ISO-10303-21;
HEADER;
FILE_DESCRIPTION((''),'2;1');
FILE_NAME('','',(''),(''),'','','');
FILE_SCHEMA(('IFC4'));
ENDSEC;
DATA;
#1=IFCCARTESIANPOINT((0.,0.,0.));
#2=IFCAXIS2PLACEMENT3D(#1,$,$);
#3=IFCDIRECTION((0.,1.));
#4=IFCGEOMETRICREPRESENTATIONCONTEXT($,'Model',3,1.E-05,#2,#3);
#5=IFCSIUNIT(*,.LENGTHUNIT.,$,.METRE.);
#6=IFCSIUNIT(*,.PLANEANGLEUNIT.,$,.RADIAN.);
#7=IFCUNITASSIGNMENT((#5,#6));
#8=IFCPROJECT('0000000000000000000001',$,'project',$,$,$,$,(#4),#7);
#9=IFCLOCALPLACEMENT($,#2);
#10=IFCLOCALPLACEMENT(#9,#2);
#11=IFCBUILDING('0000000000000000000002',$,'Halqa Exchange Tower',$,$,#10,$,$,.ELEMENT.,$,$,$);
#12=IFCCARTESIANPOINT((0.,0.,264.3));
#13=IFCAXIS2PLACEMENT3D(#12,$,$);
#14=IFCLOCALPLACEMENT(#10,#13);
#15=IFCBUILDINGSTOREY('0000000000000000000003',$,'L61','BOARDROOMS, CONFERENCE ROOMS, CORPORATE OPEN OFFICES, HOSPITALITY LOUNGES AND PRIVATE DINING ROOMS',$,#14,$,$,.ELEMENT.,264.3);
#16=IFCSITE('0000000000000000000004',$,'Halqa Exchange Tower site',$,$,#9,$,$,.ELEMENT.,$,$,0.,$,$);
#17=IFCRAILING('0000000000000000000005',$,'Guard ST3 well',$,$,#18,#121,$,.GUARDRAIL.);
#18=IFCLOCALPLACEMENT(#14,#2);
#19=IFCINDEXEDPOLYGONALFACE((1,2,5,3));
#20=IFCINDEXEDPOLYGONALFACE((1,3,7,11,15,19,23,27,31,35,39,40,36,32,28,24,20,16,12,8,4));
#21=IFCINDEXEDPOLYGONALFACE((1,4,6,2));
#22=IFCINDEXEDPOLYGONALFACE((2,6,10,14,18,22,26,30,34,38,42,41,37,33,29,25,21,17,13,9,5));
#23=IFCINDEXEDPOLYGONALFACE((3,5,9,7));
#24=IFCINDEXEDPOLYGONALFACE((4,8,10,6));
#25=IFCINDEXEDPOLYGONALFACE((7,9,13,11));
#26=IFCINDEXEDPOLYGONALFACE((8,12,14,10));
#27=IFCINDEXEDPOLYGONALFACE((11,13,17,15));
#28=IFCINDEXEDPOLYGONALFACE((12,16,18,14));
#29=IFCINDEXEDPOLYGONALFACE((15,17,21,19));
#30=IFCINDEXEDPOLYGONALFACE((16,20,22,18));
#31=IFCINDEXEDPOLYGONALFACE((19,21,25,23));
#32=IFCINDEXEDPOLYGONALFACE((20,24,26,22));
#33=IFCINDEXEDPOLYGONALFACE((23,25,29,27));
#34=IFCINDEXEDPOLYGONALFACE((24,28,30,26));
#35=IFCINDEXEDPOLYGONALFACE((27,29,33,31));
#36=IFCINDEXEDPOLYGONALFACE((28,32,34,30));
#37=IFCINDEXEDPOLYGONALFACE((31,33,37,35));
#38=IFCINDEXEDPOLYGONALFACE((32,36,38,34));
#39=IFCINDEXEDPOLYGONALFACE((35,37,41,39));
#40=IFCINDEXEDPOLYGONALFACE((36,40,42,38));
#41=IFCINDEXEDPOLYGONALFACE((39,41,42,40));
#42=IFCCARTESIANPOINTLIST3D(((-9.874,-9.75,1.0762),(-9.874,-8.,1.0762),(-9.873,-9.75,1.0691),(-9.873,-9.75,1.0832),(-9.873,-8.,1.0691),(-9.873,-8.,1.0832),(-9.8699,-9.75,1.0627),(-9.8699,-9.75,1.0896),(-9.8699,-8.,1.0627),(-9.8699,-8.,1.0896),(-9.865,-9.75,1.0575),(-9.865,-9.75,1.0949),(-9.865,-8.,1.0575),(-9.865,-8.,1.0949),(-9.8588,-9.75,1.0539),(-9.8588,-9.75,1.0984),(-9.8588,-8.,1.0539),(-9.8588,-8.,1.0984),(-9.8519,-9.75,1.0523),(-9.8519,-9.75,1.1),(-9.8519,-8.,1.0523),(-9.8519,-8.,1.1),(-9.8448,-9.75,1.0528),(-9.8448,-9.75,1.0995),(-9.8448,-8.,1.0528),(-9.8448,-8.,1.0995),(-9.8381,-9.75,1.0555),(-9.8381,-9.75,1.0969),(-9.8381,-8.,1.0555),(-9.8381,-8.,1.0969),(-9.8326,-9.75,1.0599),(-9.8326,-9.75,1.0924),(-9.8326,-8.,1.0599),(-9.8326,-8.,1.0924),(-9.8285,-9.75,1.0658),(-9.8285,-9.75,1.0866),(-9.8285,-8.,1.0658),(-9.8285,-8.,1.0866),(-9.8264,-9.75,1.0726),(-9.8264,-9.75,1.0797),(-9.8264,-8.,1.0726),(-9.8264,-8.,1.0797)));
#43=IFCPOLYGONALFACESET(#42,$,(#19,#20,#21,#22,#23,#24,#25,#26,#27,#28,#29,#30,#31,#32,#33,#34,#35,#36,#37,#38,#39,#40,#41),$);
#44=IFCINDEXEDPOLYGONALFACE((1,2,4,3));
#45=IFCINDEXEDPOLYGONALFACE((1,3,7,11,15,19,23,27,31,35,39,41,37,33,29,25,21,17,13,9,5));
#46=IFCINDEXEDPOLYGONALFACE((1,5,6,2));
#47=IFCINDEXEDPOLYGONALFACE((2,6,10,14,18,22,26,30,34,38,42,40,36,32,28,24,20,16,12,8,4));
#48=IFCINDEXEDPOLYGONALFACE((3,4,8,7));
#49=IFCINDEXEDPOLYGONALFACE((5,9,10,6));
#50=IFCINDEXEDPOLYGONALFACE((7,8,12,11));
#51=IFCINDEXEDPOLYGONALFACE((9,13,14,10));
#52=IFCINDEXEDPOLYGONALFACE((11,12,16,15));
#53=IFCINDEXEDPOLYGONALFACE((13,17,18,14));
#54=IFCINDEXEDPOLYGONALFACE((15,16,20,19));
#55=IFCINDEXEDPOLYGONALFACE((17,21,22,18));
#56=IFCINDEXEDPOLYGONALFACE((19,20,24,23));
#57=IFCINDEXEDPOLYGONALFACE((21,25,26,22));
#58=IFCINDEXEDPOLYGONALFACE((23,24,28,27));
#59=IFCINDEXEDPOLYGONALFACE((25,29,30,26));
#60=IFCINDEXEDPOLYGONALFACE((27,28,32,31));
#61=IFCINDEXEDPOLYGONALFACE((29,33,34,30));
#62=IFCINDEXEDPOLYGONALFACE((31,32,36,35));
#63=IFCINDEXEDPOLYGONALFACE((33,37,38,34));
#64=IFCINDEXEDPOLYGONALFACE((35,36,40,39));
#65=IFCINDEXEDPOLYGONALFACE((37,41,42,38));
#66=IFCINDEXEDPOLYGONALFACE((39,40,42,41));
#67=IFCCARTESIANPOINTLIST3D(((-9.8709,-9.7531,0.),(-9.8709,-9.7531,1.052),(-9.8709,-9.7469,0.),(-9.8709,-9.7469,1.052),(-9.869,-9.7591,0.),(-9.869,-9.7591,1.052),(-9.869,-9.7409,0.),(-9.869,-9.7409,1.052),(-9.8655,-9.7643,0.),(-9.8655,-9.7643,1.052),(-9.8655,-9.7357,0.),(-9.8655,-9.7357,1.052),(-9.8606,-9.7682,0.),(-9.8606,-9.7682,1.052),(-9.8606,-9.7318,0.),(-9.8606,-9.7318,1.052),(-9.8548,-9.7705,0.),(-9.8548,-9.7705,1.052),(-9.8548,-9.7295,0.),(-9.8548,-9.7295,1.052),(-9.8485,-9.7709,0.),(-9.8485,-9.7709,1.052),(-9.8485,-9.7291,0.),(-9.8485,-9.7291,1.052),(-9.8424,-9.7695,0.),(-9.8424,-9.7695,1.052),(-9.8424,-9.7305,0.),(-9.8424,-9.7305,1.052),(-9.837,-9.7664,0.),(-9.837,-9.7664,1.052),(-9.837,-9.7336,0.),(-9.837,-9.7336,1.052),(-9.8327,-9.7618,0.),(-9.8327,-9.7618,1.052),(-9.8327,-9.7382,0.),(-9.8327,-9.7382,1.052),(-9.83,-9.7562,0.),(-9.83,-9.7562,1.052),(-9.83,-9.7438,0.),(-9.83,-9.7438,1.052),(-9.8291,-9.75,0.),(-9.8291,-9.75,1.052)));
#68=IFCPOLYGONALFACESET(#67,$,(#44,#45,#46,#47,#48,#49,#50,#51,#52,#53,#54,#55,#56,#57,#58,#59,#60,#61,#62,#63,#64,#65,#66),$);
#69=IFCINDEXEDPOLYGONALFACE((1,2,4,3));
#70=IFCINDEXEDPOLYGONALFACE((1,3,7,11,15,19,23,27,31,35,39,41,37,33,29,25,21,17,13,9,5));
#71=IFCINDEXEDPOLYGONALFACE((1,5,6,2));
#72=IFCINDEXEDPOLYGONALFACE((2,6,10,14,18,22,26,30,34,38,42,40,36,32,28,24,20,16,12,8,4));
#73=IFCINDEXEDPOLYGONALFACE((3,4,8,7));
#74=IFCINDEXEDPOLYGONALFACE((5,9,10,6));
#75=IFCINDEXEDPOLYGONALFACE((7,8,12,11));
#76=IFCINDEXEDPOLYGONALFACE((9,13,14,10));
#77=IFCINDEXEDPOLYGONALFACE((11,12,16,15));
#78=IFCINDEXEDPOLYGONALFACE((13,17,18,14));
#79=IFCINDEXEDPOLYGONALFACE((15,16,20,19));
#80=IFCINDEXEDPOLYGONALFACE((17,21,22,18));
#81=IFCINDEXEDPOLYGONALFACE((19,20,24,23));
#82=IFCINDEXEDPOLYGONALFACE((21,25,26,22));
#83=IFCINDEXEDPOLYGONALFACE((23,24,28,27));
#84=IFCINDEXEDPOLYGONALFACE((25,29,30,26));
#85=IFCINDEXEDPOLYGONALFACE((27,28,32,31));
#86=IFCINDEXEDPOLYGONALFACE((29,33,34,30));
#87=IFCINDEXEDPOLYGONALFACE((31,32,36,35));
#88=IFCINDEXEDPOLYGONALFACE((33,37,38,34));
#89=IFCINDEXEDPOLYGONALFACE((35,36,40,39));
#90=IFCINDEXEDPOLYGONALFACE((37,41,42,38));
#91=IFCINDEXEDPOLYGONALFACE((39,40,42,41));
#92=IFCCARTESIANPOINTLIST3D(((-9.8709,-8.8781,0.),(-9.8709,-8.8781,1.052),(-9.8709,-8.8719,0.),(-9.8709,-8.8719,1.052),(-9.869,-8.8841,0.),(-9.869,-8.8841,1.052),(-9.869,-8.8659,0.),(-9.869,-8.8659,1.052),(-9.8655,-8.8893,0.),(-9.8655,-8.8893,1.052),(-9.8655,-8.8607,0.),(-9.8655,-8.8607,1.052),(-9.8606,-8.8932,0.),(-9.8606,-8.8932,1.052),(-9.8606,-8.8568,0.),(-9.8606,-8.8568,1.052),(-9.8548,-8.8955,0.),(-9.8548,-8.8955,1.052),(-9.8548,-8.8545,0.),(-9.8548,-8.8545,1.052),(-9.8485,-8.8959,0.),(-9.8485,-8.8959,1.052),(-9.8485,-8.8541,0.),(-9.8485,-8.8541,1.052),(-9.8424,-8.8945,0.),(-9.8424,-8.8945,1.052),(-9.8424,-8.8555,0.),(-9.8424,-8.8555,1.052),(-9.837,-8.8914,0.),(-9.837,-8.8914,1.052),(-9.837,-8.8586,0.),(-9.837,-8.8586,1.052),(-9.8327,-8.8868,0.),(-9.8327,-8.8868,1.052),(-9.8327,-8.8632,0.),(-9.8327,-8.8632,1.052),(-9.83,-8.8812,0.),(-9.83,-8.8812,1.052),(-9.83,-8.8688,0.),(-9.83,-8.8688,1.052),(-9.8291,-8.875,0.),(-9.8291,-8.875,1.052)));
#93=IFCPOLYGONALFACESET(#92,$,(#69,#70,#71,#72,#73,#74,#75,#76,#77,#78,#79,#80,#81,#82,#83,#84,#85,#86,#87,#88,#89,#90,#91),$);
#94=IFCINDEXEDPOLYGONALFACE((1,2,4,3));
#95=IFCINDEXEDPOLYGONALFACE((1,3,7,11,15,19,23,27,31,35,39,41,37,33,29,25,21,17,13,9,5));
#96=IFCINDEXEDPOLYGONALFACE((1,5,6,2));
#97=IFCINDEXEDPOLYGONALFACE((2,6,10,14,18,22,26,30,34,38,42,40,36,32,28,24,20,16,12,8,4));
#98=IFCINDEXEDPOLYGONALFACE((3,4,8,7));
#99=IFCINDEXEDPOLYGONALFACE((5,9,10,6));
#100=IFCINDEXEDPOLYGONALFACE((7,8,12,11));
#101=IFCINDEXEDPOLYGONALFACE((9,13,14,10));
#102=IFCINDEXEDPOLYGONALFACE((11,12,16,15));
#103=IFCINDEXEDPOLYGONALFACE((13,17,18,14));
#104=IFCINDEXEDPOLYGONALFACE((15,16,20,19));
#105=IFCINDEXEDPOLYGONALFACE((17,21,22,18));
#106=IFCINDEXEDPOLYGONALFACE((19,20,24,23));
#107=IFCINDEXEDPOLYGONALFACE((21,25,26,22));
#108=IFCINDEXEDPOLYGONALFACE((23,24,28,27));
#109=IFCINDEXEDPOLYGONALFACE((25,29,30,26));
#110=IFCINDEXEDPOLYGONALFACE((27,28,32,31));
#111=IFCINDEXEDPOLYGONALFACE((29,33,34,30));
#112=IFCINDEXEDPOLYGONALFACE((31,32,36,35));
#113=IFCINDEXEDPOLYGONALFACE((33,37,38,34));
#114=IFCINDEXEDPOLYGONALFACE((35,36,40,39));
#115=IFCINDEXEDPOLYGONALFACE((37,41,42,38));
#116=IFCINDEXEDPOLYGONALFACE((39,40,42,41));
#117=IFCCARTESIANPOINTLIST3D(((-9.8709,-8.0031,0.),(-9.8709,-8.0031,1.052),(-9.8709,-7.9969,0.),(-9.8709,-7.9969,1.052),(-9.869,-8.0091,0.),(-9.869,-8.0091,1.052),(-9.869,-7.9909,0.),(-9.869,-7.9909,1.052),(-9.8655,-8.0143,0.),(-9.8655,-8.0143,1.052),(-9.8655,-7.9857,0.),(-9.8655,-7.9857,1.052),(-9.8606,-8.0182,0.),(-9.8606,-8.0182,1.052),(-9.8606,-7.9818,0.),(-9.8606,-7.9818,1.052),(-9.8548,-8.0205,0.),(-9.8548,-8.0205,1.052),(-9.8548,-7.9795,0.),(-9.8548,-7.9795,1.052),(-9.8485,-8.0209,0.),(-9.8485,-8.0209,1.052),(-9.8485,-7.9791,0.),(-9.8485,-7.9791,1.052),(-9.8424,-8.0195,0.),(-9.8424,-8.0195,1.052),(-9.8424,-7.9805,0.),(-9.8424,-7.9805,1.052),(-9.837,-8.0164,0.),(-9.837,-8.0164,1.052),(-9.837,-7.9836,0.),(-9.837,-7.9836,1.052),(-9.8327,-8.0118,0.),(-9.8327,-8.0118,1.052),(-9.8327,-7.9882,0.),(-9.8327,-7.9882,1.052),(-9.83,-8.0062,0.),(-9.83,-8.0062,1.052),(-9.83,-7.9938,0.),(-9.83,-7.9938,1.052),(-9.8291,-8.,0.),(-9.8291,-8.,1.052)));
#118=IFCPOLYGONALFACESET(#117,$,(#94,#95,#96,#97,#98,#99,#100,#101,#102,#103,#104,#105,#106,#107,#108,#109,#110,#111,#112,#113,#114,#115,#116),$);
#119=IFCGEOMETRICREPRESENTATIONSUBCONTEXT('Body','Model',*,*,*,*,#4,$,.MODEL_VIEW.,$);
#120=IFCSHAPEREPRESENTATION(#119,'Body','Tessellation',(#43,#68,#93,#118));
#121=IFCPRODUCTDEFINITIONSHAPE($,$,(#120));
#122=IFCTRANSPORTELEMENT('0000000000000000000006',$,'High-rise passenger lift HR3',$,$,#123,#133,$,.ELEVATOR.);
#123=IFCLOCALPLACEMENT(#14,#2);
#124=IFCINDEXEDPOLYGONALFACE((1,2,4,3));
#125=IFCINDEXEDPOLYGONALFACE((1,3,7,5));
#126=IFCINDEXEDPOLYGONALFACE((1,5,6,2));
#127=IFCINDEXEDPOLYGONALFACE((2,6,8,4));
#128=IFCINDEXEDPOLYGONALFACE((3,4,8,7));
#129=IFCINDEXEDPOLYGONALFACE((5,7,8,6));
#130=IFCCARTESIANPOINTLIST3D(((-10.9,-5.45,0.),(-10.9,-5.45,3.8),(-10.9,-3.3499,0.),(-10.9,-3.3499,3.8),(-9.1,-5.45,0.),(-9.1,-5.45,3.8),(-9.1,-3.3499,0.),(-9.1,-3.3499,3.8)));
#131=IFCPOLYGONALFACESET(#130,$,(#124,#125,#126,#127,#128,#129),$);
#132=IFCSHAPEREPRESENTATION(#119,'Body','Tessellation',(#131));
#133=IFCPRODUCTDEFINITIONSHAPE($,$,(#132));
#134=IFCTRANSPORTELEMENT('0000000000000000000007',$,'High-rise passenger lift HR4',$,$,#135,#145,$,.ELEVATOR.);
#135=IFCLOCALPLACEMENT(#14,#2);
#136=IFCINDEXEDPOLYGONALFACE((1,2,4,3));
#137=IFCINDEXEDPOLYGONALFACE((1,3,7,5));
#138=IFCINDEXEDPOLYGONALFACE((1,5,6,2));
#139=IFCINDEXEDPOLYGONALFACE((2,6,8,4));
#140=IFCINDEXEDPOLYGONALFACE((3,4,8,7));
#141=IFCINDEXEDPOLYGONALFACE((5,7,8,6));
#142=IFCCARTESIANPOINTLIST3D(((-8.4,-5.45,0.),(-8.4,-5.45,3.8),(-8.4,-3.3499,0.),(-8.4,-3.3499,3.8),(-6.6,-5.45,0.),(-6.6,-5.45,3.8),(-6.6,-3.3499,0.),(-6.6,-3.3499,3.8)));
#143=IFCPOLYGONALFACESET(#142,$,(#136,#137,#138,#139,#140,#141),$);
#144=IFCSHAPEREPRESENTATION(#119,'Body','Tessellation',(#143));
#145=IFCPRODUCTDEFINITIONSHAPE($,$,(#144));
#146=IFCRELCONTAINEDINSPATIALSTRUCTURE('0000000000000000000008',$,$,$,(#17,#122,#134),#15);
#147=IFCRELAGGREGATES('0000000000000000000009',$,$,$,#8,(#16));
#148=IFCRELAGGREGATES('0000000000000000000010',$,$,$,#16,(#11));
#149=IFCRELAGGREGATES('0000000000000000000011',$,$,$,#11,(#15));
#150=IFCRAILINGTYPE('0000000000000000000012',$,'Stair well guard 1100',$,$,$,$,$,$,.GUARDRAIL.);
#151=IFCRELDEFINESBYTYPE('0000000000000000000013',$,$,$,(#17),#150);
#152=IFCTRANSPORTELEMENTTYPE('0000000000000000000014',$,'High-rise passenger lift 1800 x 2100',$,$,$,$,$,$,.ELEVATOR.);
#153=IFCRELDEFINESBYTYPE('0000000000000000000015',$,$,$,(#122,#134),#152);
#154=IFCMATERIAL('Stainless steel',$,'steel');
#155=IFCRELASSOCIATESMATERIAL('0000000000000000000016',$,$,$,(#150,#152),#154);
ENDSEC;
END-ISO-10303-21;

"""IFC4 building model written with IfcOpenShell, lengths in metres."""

from ifc_helpers import new_model, si_unit, direction, frame, origin, origin_2d, place, context, subcontext, project, spatial, rectangle, circle, extrude, material, type_object, element, save


model = new_model("IFC4")

# Units and contexts
model_context = context("Model", 3, precision=1e-05, world=origin(), true_north=direction((0.0, 1.0)))
body_context = subcontext(model_context, "Body", "Model", "MODEL_VIEW")
ifc_project = project(units=[si_unit("LENGTHUNIT", "METRE"), si_unit("PLANEANGLEUNIT", "RADIAN")], contexts=[model_context])

# Site, building, storey
site_placement = place(None, origin())
site = spatial("IfcSite", under=ifc_project, at=site_placement, Name="Halqa Exchange Tower site", CompositionType="ELEMENT", RefElevation=0.0)
building_placement = place(site_placement, origin())
building = spatial("IfcBuilding", under=site, at=building_placement, Name="Halqa Exchange Tower", CompositionType="ELEMENT")
storey_placement = place(building_placement, frame((0.0, 0.0, 264.3)))
storey = spatial("IfcBuildingStorey", under=building, at=storey_placement, Name="L61", Description="BOARDROOMS, CONFERENCE ROOMS, CORPORATE OPEN OFFICES, HOSPITALITY LOUNGES AND PRIVATE DINING ROOMS", CompositionType="ELEMENT", Elevation=264.3)

# Shared definitions
ifc_material_1 = material(Name="Stainless steel", Category="steel")

# Railing
railing_type_1 = type_object("IfcRailingType", Name="Stair well guard 1100", PredefinedType="GUARDRAIL", material=ifc_material_1)
railing_1_placement = place(storey_placement, frame((-9.8501, -9.75, 0.0)))
element("IfcRailing", 1, at=railing_1_placement, inside=storey, type_object=railing_type_1, Name="Guard ST3 well", PredefinedType="GUARDRAIL", context=body_context, shape_type="SweptSolid", body=[
    extrude(circle(Radius=0.0239, at=origin_2d()), frame((0.0, 0.0, 1.0762), z_axis=(0.0, 1.0, 0.0), x_axis=(-1.0, 0.0, 0.0)), (0.0, 0.0, 1.0), 1.75),
    extrude(circle(Radius=0.021, at=origin_2d()), origin(), (0.0, 0.0, 1.0), 1.052),
    extrude(circle(Radius=0.021, at=origin_2d()), frame((0.0, 0.875, 0.0)), (0.0, 0.0, 1.0), 1.052),
    extrude(circle(Radius=0.021, at=origin_2d()), frame((0.0, 1.75, 0.0)), (0.0, 0.0, 1.0), 1.052),
])

# Transport elements
transport_element_type = type_object("IfcTransportElementType", Name="High-rise passenger lift 1800 x 2100", PredefinedType="ELEVATOR", material=ifc_material_1)
for number, where, z_axis, x_axis, name in (
    (2, (-10.0, -4.3999, 0.0), (0.0, 0.0, 1.0), (1.0, 0.0, 0.0), "High-rise passenger lift HR3"),
    (3, (-7.5, -4.3999, 0.0), (0.0, 0.0, 1.0), (1.0, 0.0, 0.0), "High-rise passenger lift HR4"),
):
    element("IfcTransportElement", number, at=place(storey_placement, frame(where, z_axis=z_axis, x_axis=x_axis)), inside=storey, type_object=transport_element_type, Name=name, PredefinedType="ELEVATOR", context=body_context, shape_type="SweptSolid", body=[
        extrude(rectangle(XDim=1.8, YDim=2.1001, at=origin_2d()), origin(), (0.0, 0.0, 1.0), 3.8),
    ])

save(model, "model.ifc")
